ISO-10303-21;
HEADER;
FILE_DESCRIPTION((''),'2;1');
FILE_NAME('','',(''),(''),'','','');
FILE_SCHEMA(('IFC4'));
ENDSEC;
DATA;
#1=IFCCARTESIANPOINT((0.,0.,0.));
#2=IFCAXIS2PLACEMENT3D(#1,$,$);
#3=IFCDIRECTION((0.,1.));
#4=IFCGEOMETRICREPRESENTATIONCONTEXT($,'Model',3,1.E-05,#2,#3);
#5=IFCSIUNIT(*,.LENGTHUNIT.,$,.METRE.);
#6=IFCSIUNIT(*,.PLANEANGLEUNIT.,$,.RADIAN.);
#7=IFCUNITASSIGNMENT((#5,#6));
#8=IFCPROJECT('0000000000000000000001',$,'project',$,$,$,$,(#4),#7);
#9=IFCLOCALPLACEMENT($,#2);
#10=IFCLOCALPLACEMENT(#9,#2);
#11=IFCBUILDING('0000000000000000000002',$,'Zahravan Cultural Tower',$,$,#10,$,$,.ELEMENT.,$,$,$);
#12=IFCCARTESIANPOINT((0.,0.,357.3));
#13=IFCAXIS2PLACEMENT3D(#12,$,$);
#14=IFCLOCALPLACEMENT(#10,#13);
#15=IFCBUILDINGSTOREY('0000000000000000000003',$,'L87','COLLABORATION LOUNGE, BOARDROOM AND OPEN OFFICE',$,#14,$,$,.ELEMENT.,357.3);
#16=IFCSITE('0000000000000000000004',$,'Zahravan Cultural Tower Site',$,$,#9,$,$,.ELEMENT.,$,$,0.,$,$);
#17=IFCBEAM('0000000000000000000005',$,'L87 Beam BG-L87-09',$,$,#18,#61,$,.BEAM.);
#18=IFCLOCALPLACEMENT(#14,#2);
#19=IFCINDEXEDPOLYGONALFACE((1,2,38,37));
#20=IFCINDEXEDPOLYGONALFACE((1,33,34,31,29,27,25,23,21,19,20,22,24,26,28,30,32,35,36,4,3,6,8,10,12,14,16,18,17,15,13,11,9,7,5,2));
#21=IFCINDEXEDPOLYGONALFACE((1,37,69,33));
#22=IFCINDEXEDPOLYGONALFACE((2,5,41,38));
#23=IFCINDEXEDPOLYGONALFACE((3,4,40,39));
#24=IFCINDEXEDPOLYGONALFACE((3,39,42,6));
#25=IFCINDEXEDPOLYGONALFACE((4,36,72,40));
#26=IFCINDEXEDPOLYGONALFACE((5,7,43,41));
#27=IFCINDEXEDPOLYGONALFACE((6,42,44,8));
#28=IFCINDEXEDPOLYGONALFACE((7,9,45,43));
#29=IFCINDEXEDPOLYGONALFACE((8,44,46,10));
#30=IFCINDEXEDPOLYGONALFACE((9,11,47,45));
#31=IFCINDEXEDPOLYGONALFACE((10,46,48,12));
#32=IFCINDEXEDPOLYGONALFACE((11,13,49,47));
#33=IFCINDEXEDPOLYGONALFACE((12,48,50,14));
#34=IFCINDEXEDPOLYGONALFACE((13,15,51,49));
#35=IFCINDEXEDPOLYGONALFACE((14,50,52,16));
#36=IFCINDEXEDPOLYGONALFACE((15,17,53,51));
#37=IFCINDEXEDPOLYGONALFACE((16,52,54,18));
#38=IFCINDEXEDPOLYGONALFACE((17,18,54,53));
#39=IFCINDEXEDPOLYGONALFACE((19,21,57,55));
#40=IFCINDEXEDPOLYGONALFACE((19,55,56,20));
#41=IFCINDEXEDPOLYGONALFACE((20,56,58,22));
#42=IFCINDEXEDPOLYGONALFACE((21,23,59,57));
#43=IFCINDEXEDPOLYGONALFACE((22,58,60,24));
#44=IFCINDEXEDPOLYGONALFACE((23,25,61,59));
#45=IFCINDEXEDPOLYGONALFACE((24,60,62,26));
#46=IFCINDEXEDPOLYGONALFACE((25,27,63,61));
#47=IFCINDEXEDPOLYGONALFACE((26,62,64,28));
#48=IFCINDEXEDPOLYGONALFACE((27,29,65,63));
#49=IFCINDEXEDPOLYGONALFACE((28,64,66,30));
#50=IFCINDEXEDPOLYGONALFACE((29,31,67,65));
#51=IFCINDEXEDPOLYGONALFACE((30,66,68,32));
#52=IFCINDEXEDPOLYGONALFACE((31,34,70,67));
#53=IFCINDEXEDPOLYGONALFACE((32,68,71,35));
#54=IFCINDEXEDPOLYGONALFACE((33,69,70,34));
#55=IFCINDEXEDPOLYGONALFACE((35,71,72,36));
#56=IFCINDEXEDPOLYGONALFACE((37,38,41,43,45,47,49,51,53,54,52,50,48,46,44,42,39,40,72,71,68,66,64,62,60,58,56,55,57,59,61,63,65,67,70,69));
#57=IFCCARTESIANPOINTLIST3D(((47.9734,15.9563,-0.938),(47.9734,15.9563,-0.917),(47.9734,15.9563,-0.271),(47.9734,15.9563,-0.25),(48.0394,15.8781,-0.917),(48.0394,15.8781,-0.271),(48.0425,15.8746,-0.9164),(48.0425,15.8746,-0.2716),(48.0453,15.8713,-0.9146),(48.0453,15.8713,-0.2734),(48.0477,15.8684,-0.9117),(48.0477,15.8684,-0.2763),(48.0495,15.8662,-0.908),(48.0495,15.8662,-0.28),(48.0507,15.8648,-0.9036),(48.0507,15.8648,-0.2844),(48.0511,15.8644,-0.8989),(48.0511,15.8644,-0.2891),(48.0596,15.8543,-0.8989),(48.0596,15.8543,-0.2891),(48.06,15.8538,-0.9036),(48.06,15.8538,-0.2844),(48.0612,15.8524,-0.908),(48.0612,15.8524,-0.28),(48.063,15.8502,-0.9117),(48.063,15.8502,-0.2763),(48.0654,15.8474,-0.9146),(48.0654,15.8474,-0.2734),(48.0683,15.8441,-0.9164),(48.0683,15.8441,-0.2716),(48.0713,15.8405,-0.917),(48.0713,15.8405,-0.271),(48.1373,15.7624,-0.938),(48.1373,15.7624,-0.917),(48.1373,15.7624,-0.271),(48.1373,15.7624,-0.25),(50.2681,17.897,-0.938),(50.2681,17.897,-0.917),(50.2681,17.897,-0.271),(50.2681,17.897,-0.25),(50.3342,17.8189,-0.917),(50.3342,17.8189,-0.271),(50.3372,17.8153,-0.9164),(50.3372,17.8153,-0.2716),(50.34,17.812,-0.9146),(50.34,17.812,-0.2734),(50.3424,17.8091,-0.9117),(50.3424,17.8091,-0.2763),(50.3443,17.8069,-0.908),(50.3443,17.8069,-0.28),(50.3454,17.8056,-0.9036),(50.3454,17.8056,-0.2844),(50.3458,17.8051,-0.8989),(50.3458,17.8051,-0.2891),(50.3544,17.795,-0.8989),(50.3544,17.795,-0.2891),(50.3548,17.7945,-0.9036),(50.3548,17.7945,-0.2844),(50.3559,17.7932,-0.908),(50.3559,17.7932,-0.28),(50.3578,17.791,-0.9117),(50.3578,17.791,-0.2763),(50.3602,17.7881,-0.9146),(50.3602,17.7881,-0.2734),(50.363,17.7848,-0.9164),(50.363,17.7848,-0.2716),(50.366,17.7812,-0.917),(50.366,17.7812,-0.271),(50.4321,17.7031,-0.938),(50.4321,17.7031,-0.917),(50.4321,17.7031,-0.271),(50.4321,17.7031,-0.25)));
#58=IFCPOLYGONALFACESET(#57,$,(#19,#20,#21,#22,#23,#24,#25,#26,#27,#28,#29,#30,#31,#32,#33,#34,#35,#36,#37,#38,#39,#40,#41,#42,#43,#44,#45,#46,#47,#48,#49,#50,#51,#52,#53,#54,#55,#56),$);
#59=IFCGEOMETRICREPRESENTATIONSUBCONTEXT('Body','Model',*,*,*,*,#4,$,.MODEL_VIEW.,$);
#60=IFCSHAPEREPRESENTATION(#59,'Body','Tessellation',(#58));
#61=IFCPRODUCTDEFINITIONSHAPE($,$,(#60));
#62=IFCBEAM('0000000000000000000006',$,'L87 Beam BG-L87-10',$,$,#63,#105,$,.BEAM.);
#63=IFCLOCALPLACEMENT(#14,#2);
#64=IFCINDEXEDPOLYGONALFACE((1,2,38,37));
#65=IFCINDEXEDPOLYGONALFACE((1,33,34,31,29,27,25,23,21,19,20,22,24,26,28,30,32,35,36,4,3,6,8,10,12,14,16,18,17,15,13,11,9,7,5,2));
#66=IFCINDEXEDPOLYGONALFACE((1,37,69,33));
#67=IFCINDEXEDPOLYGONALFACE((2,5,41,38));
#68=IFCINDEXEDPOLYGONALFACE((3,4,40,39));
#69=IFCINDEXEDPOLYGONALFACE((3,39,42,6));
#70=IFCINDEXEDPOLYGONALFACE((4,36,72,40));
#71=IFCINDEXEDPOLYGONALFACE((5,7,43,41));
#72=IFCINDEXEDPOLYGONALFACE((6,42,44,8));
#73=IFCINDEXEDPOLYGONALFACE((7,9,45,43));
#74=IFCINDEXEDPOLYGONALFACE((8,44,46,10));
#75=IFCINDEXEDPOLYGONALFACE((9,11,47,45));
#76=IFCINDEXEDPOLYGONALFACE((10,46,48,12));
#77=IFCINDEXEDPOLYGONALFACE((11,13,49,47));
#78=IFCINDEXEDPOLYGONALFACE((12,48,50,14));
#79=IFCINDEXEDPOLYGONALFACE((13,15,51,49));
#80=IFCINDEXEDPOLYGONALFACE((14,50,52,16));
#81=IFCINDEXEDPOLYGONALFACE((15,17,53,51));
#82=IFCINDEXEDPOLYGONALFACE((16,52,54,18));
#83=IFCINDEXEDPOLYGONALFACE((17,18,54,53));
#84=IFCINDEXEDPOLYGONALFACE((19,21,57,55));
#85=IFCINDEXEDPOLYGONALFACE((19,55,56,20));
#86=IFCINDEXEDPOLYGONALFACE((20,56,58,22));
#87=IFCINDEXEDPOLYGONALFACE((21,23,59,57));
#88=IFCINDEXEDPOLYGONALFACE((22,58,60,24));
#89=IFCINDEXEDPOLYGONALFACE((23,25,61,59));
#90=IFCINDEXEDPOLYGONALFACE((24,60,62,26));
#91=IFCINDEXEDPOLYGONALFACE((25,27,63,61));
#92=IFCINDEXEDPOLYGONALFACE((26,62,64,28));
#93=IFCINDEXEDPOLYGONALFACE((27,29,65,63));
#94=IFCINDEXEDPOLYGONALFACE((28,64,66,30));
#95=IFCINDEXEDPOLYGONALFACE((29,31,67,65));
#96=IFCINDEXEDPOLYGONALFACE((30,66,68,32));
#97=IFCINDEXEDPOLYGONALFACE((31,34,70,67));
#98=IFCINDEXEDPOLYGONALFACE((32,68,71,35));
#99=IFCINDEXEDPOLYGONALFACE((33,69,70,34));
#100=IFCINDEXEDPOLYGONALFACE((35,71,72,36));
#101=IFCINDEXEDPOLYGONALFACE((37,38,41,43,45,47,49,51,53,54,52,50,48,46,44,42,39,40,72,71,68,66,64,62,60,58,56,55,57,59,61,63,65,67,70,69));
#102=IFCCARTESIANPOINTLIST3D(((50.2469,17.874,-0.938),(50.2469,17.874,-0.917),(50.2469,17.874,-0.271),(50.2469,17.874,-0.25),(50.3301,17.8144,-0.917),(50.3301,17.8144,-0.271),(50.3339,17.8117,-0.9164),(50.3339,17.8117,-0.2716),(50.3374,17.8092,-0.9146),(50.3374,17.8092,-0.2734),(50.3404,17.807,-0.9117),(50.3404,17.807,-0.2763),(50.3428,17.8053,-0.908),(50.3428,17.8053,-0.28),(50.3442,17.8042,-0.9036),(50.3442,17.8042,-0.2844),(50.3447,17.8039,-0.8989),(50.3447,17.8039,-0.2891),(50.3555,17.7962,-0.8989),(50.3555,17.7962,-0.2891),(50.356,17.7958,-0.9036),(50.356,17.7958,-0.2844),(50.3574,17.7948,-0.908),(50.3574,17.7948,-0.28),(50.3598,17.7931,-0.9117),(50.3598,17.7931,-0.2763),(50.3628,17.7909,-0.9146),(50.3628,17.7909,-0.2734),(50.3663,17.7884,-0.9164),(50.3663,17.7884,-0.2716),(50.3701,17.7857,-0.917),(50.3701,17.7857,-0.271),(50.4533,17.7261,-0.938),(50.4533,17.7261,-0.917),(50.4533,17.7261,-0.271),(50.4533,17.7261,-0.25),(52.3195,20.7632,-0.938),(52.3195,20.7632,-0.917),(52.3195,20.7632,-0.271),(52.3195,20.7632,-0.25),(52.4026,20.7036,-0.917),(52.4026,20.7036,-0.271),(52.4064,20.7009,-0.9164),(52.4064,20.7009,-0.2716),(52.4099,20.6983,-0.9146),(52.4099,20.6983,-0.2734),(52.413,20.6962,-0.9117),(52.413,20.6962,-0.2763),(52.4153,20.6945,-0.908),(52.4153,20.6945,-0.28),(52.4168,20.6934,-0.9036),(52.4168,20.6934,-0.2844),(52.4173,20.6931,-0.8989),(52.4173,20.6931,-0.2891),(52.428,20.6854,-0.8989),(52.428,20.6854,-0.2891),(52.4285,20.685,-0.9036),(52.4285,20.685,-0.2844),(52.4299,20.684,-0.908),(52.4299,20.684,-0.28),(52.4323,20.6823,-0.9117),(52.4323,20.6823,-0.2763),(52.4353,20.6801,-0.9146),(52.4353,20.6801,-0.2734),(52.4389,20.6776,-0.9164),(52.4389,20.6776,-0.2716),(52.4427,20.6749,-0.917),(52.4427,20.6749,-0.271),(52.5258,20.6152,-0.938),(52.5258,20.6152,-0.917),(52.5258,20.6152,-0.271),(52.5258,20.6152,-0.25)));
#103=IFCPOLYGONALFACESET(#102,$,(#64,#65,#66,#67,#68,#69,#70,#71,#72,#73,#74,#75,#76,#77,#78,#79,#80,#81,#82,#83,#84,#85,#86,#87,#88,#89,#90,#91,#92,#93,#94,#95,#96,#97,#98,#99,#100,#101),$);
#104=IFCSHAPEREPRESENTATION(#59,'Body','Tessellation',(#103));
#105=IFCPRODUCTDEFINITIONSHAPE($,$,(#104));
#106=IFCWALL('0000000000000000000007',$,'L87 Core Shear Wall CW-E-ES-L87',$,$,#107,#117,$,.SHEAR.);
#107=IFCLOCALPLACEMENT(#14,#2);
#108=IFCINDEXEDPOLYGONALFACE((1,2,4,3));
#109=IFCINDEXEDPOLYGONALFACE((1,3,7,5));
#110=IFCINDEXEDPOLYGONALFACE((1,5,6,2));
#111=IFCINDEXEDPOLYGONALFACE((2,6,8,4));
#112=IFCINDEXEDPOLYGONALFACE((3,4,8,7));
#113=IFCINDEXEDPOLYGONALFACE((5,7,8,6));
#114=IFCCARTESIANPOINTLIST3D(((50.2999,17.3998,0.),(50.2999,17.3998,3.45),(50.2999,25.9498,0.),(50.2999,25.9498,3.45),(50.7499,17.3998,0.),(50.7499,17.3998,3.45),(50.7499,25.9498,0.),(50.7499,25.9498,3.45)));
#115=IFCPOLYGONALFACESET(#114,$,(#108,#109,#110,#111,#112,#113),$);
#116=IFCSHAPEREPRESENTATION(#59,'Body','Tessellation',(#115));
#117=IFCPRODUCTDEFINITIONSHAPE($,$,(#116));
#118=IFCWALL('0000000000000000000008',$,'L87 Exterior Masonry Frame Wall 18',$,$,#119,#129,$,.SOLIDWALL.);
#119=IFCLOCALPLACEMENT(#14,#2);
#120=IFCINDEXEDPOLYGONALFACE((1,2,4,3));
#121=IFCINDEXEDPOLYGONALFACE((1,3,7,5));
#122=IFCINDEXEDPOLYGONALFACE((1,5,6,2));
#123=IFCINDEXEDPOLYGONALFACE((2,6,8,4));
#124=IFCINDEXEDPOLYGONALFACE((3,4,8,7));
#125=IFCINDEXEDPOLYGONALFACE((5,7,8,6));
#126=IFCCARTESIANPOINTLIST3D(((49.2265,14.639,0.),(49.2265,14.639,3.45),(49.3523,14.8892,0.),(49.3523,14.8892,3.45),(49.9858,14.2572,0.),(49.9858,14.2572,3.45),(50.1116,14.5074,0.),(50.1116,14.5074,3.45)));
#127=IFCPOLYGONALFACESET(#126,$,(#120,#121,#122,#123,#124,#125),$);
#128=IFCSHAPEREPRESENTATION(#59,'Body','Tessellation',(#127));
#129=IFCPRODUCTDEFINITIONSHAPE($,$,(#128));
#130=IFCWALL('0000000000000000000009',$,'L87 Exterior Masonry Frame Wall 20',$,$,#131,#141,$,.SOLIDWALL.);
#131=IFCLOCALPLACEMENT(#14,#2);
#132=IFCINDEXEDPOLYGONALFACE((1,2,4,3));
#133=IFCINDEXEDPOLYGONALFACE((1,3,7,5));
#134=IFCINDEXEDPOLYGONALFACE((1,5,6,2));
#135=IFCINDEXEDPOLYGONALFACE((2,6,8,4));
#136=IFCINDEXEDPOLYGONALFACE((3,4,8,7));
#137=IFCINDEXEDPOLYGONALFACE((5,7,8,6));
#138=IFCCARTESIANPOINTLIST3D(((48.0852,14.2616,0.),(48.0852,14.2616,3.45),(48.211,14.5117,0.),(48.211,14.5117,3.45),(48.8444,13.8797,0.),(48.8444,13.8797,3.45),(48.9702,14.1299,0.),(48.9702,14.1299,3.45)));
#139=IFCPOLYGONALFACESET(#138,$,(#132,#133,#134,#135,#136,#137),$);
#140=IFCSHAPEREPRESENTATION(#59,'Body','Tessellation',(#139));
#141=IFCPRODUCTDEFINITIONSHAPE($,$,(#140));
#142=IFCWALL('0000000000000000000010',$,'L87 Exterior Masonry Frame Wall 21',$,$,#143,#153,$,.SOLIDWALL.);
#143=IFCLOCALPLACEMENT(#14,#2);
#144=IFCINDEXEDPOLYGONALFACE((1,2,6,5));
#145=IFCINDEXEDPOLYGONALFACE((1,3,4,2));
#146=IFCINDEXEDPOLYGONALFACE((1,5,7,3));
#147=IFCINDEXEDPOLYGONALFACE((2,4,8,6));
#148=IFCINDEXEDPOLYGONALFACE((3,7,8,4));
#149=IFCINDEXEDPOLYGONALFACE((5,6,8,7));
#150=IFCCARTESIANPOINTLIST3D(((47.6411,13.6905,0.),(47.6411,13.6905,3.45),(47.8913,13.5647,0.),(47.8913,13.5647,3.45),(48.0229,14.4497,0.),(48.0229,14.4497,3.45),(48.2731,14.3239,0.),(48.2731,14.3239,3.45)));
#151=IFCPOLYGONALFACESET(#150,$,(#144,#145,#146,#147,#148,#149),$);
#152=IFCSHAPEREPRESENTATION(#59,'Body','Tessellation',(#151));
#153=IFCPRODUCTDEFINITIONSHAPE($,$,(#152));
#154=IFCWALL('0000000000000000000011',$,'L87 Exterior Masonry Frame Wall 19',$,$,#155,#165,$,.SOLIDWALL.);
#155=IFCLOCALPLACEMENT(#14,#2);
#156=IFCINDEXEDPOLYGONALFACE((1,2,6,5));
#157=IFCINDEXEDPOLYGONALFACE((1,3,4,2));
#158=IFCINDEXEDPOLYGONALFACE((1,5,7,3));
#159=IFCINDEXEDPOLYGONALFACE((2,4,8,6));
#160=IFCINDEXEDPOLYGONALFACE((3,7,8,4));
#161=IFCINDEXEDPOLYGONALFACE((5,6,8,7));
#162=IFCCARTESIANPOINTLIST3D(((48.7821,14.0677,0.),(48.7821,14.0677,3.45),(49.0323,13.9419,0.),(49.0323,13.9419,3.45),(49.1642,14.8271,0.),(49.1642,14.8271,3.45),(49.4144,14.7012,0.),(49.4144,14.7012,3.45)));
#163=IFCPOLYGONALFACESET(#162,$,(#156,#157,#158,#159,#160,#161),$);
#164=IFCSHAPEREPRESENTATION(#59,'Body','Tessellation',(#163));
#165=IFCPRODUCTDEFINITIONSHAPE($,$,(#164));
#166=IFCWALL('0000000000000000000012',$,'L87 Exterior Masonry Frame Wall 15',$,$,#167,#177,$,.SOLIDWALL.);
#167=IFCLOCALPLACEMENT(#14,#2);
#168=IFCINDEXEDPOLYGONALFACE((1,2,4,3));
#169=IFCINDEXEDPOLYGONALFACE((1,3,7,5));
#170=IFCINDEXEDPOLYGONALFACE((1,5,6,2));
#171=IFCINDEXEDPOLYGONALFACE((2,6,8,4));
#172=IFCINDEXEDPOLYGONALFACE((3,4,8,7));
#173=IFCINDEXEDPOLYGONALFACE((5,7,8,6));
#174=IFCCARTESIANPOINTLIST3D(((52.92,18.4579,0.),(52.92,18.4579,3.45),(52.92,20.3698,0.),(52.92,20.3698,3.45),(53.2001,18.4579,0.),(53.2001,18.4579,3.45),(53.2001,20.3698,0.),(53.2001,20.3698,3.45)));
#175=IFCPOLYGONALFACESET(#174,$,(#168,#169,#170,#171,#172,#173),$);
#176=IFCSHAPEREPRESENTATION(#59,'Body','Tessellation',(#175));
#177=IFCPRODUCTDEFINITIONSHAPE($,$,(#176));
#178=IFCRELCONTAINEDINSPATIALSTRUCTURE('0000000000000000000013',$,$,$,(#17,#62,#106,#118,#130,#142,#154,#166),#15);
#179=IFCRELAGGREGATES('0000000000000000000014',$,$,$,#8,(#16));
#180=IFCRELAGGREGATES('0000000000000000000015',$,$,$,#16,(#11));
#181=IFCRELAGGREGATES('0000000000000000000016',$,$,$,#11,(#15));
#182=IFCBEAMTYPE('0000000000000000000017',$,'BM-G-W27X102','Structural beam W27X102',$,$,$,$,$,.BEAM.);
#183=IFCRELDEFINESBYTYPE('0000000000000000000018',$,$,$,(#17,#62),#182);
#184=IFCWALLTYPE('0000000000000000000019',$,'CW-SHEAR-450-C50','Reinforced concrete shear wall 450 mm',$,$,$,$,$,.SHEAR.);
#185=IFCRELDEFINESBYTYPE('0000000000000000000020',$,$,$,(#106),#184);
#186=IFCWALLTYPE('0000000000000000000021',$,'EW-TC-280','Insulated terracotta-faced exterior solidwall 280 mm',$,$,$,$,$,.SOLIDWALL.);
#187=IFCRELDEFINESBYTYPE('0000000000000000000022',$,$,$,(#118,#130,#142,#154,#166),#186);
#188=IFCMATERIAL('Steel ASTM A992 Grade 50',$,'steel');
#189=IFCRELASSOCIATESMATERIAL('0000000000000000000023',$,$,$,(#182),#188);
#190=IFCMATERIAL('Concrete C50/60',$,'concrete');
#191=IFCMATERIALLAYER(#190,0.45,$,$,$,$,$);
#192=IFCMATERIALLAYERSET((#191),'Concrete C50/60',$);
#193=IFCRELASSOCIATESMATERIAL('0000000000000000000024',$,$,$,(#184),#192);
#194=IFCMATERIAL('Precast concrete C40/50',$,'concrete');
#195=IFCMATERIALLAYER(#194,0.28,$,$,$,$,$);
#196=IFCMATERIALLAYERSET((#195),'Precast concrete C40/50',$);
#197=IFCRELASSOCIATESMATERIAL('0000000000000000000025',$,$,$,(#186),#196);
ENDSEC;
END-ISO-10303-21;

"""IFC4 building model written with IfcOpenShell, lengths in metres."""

from ifc_helpers import new_model, si_unit, direction, frame, frame_2d, origin, origin_2d, place, context, subcontext, project, spatial, rectangle, i_section, extrude, source, transform, mapped, material, layer, layer_set, material_profile, profile_set, type_object, element, save


model = new_model("IFC4")

# Units and contexts
model_context = context("Model", 3, precision=1e-05, world=origin(), true_north=direction((0.0, 1.0)))
body_context = subcontext(model_context, "Body", "Model", "MODEL_VIEW")
ifc_project = project(units=[si_unit("LENGTHUNIT", "METRE"), si_unit("PLANEANGLEUNIT", "RADIAN")], contexts=[model_context])

# Site, building, storey
site_placement = place(None, origin())
site = spatial("IfcSite", under=ifc_project, at=site_placement, Name="Zahravan Cultural Tower Site", CompositionType="ELEMENT", RefElevation=0.0)
building_placement = place(site_placement, origin())
building = spatial("IfcBuilding", under=site, at=building_placement, Name="Zahravan Cultural Tower", CompositionType="ELEMENT")
storey_placement = place(building_placement, frame((0.0, 0.0, 357.3)))
storey = spatial("IfcBuildingStorey", under=building, at=storey_placement, Name="L87", Description="COLLABORATION LOUNGE, BOARDROOM AND OPEN OFFICE", CompositionType="ELEMENT", Elevation=357.3)

# Shared definitions
ifc_material_1 = material(Name="Concrete C50/60", Category="concrete")
ifc_material_2 = material(Name="Steel ASTM A992 Grade 50", Category="steel")

# Beams
ifc_material_profile_1 = material_profile(ifc_material_2, i_section(OverallWidth=0.2539, OverallDepth=0.688, WebThickness=0.0132, FlangeThickness=0.021, FilletRadius=0.0181, at=origin_2d()), Name="W27X102")
ifc_profile_set_1 = profile_set([ifc_material_profile_1], Name="Steel ASTM A992 Grade 50")
beam_type_1 = type_object("IfcBeamType", Name="BM-G-W27X102", Description="Structural beam W27X102", PredefinedType="BEAM", material=ifc_profile_set_1)
shared_shape_1 = source(origin(), body_context, "Body", "SweptSolid", [
    extrude(i_section(OverallWidth=0.2539, OverallDepth=0.688, WebThickness=0.0132, FlangeThickness=0.021, FilletRadius=0.0181, at=origin_2d()), origin(), (0.0, 0.0, 1.0), 3.0054),
])
beam_1_placement = place(storey_placement, frame((50.3501, 17.8, -0.594), z_axis=(-0.763546, -0.645753, 0.0), x_axis=(0.645753, -0.763546, 0.0)))
element("IfcBeam", 1, at=beam_1_placement, inside=storey, type_object=beam_type_1, Name="L87 Beam BG-L87-09", PredefinedType="BEAM", context=body_context, shape_type="MappedRepresentation", body=[
    mapped(shared_shape_1, transform((0.0, 0.0, 0.0), x_axis=(1.0, 0.0, 0.0), y_axis=(0.0, 1.0, 0.0), z_axis=(0.0, 0.0, 1.0), scale=1.0)),
])
shared_shape_2 = source(origin(), body_context, "Body", "SweptSolid", [
    extrude(i_section(OverallWidth=0.2539, OverallDepth=0.688, WebThickness=0.0132, FlangeThickness=0.021, FilletRadius=0.0181, at=origin_2d()), origin(), (0.0, 0.0, 1.0), 3.5557),
])
beam_2_placement = place(storey_placement, frame((50.3501, 17.8, -0.594), z_axis=(0.58288, 0.812558, 0.0), x_axis=(-0.812558, 0.58288, 0.0)))
element("IfcBeam", 2, at=beam_2_placement, inside=storey, type_object=beam_type_1, Name="L87 Beam BG-L87-10", PredefinedType="BEAM", context=body_context, shape_type="MappedRepresentation", body=[
    mapped(shared_shape_2, transform((0.0, 0.0, 0.0), x_axis=(1.0, 0.0, 0.0), y_axis=(0.0, 1.0, 0.0), z_axis=(0.0, 0.0, 1.0), scale=1.0)),
])

# Walls
ifc_layer_1 = layer(ifc_material_1, 0.45)
ifc_layer_set_1 = layer_set([ifc_layer_1], Name="Concrete C50/60")
wall_type_1 = type_object("IfcWallType", Name="CW-SHEAR-450-C50", Description="Reinforced concrete shear wall 450 mm", PredefinedType="SHEAR", material=ifc_layer_set_1)
shared_shape_3 = source(origin(), body_context, "Body", "SweptSolid", [
    extrude(rectangle(XDim=8.55, YDim=0.45, at=frame_2d((4.2749, 0.0))), origin(), (0.0, 0.0, 1.0), 3.45),
])
wall_1_placement = place(storey_placement, frame((50.5249, 17.3999, 0.0), z_axis=(0.0, 0.0, 1.0), x_axis=(0.0, 1.0, 0.0)))
element("IfcWall", 3, at=wall_1_placement, inside=storey, type_object=wall_type_1, Name="L87 Core Shear Wall CW-E-ES-L87", PredefinedType="SHEAR", context=body_context, shape_type="MappedRepresentation", body=[
    mapped(shared_shape_3, transform((0.0, 0.0, 0.0), x_axis=(1.0, 0.0, 0.0), y_axis=(0.0, 1.0, 0.0), z_axis=(0.0, 0.0, 1.0), scale=1.0)),
])
ifc_material_3 = material(Name="Precast concrete C40/50", Category="concrete")
ifc_layer_2 = layer(ifc_material_3, 0.28)
ifc_layer_set_2 = layer_set([ifc_layer_2], Name="Precast concrete C40/50")
wall_type_2 = type_object("IfcWallType", Name="EW-TC-280", Description="Insulated terracotta-faced exterior solidwall 280 mm", PredefinedType="SOLIDWALL", material=ifc_layer_set_2)
shared_shape_4 = source(origin(), body_context, "Body", "SweptSolid", [
    extrude(rectangle(XDim=0.8499, YDim=0.28, at=frame_2d((0.4248, 0.0))), origin(), (0.0, 0.0, 1.0), 3.45),
])
for number, where, z_axis, x_axis, name in (
    (4, (50.0486, 14.3823, 0.0), (0.0, 0.0, 1.0), (-0.893391, 0.449281, 0.0), "L87 Exterior Masonry Frame Wall 18"),
    (5, (48.9072, 14.0049, 0.0), (0.0, 0.0, 1.0), (-0.893391, 0.449281, 0.0), "L87 Exterior Masonry Frame Wall 20"),
    (6, (48.1479, 14.3867, 0.0), (0.0, 0.0, 1.0), (-0.449281, -0.893391, 0.0), "L87 Exterior Masonry Frame Wall 21"),
):
    element("IfcWall", number, at=place(storey_placement, frame(where, z_axis=z_axis, x_axis=x_axis)), inside=storey, type_object=wall_type_2, Name=name, PredefinedType="SOLIDWALL", context=body_context, shape_type="MappedRepresentation", body=[
        mapped(shared_shape_4, transform((0.0, 0.0, 0.0), x_axis=(1.0, 0.0, 0.0), y_axis=(0.0, 1.0, 0.0), z_axis=(0.0, 0.0, 1.0), scale=1.0)),
    ])
shared_shape_5 = source(origin(), body_context, "Body", "SweptSolid", [
    extrude(rectangle(XDim=0.8501, YDim=0.28, at=frame_2d((0.425, 0.0))), origin(), (0.0, 0.0, 1.0), 3.45),
])
wall_2_placement = place(storey_placement, frame((49.2893, 14.7642, 0.0), z_axis=(0.0, 0.0, 1.0), x_axis=(-0.44951, -0.893275, 0.0)))
element("IfcWall", 7, at=wall_2_placement, inside=storey, type_object=wall_type_2, Name="L87 Exterior Masonry Frame Wall 19", PredefinedType="SOLIDWALL", context=body_context, shape_type="MappedRepresentation", body=[
    mapped(shared_shape_5, transform((0.0, 0.0, 0.0), x_axis=(1.0, 0.0, 0.0), y_axis=(0.0, 1.0, 0.0), z_axis=(0.0, 0.0, 1.0), scale=1.0)),
])
shared_shape_6 = source(origin(), body_context, "Body", "SweptSolid", [
    extrude(rectangle(XDim=1.9119, YDim=0.28, at=frame_2d((0.9561, 0.0))), origin(), (0.0, 0.0, 1.0), 3.45),
])
wall_3_placement = place(storey_placement, frame((53.0601, 20.3699, 0.0), z_axis=(0.0, 0.0, 1.0), x_axis=(0.0, -1.0, 0.0)))
element("IfcWall", 8, at=wall_3_placement, inside=storey, type_object=wall_type_2, Name="L87 Exterior Masonry Frame Wall 15", PredefinedType="SOLIDWALL", context=body_context, shape_type="MappedRepresentation", body=[
    mapped(shared_shape_6, transform((0.0, 0.0, 0.0), x_axis=(1.0, 0.0, 0.0), y_axis=(0.0, 1.0, 0.0), z_axis=(0.0, 0.0, 1.0), scale=1.0)),
])

save(model, "model.ifc")
